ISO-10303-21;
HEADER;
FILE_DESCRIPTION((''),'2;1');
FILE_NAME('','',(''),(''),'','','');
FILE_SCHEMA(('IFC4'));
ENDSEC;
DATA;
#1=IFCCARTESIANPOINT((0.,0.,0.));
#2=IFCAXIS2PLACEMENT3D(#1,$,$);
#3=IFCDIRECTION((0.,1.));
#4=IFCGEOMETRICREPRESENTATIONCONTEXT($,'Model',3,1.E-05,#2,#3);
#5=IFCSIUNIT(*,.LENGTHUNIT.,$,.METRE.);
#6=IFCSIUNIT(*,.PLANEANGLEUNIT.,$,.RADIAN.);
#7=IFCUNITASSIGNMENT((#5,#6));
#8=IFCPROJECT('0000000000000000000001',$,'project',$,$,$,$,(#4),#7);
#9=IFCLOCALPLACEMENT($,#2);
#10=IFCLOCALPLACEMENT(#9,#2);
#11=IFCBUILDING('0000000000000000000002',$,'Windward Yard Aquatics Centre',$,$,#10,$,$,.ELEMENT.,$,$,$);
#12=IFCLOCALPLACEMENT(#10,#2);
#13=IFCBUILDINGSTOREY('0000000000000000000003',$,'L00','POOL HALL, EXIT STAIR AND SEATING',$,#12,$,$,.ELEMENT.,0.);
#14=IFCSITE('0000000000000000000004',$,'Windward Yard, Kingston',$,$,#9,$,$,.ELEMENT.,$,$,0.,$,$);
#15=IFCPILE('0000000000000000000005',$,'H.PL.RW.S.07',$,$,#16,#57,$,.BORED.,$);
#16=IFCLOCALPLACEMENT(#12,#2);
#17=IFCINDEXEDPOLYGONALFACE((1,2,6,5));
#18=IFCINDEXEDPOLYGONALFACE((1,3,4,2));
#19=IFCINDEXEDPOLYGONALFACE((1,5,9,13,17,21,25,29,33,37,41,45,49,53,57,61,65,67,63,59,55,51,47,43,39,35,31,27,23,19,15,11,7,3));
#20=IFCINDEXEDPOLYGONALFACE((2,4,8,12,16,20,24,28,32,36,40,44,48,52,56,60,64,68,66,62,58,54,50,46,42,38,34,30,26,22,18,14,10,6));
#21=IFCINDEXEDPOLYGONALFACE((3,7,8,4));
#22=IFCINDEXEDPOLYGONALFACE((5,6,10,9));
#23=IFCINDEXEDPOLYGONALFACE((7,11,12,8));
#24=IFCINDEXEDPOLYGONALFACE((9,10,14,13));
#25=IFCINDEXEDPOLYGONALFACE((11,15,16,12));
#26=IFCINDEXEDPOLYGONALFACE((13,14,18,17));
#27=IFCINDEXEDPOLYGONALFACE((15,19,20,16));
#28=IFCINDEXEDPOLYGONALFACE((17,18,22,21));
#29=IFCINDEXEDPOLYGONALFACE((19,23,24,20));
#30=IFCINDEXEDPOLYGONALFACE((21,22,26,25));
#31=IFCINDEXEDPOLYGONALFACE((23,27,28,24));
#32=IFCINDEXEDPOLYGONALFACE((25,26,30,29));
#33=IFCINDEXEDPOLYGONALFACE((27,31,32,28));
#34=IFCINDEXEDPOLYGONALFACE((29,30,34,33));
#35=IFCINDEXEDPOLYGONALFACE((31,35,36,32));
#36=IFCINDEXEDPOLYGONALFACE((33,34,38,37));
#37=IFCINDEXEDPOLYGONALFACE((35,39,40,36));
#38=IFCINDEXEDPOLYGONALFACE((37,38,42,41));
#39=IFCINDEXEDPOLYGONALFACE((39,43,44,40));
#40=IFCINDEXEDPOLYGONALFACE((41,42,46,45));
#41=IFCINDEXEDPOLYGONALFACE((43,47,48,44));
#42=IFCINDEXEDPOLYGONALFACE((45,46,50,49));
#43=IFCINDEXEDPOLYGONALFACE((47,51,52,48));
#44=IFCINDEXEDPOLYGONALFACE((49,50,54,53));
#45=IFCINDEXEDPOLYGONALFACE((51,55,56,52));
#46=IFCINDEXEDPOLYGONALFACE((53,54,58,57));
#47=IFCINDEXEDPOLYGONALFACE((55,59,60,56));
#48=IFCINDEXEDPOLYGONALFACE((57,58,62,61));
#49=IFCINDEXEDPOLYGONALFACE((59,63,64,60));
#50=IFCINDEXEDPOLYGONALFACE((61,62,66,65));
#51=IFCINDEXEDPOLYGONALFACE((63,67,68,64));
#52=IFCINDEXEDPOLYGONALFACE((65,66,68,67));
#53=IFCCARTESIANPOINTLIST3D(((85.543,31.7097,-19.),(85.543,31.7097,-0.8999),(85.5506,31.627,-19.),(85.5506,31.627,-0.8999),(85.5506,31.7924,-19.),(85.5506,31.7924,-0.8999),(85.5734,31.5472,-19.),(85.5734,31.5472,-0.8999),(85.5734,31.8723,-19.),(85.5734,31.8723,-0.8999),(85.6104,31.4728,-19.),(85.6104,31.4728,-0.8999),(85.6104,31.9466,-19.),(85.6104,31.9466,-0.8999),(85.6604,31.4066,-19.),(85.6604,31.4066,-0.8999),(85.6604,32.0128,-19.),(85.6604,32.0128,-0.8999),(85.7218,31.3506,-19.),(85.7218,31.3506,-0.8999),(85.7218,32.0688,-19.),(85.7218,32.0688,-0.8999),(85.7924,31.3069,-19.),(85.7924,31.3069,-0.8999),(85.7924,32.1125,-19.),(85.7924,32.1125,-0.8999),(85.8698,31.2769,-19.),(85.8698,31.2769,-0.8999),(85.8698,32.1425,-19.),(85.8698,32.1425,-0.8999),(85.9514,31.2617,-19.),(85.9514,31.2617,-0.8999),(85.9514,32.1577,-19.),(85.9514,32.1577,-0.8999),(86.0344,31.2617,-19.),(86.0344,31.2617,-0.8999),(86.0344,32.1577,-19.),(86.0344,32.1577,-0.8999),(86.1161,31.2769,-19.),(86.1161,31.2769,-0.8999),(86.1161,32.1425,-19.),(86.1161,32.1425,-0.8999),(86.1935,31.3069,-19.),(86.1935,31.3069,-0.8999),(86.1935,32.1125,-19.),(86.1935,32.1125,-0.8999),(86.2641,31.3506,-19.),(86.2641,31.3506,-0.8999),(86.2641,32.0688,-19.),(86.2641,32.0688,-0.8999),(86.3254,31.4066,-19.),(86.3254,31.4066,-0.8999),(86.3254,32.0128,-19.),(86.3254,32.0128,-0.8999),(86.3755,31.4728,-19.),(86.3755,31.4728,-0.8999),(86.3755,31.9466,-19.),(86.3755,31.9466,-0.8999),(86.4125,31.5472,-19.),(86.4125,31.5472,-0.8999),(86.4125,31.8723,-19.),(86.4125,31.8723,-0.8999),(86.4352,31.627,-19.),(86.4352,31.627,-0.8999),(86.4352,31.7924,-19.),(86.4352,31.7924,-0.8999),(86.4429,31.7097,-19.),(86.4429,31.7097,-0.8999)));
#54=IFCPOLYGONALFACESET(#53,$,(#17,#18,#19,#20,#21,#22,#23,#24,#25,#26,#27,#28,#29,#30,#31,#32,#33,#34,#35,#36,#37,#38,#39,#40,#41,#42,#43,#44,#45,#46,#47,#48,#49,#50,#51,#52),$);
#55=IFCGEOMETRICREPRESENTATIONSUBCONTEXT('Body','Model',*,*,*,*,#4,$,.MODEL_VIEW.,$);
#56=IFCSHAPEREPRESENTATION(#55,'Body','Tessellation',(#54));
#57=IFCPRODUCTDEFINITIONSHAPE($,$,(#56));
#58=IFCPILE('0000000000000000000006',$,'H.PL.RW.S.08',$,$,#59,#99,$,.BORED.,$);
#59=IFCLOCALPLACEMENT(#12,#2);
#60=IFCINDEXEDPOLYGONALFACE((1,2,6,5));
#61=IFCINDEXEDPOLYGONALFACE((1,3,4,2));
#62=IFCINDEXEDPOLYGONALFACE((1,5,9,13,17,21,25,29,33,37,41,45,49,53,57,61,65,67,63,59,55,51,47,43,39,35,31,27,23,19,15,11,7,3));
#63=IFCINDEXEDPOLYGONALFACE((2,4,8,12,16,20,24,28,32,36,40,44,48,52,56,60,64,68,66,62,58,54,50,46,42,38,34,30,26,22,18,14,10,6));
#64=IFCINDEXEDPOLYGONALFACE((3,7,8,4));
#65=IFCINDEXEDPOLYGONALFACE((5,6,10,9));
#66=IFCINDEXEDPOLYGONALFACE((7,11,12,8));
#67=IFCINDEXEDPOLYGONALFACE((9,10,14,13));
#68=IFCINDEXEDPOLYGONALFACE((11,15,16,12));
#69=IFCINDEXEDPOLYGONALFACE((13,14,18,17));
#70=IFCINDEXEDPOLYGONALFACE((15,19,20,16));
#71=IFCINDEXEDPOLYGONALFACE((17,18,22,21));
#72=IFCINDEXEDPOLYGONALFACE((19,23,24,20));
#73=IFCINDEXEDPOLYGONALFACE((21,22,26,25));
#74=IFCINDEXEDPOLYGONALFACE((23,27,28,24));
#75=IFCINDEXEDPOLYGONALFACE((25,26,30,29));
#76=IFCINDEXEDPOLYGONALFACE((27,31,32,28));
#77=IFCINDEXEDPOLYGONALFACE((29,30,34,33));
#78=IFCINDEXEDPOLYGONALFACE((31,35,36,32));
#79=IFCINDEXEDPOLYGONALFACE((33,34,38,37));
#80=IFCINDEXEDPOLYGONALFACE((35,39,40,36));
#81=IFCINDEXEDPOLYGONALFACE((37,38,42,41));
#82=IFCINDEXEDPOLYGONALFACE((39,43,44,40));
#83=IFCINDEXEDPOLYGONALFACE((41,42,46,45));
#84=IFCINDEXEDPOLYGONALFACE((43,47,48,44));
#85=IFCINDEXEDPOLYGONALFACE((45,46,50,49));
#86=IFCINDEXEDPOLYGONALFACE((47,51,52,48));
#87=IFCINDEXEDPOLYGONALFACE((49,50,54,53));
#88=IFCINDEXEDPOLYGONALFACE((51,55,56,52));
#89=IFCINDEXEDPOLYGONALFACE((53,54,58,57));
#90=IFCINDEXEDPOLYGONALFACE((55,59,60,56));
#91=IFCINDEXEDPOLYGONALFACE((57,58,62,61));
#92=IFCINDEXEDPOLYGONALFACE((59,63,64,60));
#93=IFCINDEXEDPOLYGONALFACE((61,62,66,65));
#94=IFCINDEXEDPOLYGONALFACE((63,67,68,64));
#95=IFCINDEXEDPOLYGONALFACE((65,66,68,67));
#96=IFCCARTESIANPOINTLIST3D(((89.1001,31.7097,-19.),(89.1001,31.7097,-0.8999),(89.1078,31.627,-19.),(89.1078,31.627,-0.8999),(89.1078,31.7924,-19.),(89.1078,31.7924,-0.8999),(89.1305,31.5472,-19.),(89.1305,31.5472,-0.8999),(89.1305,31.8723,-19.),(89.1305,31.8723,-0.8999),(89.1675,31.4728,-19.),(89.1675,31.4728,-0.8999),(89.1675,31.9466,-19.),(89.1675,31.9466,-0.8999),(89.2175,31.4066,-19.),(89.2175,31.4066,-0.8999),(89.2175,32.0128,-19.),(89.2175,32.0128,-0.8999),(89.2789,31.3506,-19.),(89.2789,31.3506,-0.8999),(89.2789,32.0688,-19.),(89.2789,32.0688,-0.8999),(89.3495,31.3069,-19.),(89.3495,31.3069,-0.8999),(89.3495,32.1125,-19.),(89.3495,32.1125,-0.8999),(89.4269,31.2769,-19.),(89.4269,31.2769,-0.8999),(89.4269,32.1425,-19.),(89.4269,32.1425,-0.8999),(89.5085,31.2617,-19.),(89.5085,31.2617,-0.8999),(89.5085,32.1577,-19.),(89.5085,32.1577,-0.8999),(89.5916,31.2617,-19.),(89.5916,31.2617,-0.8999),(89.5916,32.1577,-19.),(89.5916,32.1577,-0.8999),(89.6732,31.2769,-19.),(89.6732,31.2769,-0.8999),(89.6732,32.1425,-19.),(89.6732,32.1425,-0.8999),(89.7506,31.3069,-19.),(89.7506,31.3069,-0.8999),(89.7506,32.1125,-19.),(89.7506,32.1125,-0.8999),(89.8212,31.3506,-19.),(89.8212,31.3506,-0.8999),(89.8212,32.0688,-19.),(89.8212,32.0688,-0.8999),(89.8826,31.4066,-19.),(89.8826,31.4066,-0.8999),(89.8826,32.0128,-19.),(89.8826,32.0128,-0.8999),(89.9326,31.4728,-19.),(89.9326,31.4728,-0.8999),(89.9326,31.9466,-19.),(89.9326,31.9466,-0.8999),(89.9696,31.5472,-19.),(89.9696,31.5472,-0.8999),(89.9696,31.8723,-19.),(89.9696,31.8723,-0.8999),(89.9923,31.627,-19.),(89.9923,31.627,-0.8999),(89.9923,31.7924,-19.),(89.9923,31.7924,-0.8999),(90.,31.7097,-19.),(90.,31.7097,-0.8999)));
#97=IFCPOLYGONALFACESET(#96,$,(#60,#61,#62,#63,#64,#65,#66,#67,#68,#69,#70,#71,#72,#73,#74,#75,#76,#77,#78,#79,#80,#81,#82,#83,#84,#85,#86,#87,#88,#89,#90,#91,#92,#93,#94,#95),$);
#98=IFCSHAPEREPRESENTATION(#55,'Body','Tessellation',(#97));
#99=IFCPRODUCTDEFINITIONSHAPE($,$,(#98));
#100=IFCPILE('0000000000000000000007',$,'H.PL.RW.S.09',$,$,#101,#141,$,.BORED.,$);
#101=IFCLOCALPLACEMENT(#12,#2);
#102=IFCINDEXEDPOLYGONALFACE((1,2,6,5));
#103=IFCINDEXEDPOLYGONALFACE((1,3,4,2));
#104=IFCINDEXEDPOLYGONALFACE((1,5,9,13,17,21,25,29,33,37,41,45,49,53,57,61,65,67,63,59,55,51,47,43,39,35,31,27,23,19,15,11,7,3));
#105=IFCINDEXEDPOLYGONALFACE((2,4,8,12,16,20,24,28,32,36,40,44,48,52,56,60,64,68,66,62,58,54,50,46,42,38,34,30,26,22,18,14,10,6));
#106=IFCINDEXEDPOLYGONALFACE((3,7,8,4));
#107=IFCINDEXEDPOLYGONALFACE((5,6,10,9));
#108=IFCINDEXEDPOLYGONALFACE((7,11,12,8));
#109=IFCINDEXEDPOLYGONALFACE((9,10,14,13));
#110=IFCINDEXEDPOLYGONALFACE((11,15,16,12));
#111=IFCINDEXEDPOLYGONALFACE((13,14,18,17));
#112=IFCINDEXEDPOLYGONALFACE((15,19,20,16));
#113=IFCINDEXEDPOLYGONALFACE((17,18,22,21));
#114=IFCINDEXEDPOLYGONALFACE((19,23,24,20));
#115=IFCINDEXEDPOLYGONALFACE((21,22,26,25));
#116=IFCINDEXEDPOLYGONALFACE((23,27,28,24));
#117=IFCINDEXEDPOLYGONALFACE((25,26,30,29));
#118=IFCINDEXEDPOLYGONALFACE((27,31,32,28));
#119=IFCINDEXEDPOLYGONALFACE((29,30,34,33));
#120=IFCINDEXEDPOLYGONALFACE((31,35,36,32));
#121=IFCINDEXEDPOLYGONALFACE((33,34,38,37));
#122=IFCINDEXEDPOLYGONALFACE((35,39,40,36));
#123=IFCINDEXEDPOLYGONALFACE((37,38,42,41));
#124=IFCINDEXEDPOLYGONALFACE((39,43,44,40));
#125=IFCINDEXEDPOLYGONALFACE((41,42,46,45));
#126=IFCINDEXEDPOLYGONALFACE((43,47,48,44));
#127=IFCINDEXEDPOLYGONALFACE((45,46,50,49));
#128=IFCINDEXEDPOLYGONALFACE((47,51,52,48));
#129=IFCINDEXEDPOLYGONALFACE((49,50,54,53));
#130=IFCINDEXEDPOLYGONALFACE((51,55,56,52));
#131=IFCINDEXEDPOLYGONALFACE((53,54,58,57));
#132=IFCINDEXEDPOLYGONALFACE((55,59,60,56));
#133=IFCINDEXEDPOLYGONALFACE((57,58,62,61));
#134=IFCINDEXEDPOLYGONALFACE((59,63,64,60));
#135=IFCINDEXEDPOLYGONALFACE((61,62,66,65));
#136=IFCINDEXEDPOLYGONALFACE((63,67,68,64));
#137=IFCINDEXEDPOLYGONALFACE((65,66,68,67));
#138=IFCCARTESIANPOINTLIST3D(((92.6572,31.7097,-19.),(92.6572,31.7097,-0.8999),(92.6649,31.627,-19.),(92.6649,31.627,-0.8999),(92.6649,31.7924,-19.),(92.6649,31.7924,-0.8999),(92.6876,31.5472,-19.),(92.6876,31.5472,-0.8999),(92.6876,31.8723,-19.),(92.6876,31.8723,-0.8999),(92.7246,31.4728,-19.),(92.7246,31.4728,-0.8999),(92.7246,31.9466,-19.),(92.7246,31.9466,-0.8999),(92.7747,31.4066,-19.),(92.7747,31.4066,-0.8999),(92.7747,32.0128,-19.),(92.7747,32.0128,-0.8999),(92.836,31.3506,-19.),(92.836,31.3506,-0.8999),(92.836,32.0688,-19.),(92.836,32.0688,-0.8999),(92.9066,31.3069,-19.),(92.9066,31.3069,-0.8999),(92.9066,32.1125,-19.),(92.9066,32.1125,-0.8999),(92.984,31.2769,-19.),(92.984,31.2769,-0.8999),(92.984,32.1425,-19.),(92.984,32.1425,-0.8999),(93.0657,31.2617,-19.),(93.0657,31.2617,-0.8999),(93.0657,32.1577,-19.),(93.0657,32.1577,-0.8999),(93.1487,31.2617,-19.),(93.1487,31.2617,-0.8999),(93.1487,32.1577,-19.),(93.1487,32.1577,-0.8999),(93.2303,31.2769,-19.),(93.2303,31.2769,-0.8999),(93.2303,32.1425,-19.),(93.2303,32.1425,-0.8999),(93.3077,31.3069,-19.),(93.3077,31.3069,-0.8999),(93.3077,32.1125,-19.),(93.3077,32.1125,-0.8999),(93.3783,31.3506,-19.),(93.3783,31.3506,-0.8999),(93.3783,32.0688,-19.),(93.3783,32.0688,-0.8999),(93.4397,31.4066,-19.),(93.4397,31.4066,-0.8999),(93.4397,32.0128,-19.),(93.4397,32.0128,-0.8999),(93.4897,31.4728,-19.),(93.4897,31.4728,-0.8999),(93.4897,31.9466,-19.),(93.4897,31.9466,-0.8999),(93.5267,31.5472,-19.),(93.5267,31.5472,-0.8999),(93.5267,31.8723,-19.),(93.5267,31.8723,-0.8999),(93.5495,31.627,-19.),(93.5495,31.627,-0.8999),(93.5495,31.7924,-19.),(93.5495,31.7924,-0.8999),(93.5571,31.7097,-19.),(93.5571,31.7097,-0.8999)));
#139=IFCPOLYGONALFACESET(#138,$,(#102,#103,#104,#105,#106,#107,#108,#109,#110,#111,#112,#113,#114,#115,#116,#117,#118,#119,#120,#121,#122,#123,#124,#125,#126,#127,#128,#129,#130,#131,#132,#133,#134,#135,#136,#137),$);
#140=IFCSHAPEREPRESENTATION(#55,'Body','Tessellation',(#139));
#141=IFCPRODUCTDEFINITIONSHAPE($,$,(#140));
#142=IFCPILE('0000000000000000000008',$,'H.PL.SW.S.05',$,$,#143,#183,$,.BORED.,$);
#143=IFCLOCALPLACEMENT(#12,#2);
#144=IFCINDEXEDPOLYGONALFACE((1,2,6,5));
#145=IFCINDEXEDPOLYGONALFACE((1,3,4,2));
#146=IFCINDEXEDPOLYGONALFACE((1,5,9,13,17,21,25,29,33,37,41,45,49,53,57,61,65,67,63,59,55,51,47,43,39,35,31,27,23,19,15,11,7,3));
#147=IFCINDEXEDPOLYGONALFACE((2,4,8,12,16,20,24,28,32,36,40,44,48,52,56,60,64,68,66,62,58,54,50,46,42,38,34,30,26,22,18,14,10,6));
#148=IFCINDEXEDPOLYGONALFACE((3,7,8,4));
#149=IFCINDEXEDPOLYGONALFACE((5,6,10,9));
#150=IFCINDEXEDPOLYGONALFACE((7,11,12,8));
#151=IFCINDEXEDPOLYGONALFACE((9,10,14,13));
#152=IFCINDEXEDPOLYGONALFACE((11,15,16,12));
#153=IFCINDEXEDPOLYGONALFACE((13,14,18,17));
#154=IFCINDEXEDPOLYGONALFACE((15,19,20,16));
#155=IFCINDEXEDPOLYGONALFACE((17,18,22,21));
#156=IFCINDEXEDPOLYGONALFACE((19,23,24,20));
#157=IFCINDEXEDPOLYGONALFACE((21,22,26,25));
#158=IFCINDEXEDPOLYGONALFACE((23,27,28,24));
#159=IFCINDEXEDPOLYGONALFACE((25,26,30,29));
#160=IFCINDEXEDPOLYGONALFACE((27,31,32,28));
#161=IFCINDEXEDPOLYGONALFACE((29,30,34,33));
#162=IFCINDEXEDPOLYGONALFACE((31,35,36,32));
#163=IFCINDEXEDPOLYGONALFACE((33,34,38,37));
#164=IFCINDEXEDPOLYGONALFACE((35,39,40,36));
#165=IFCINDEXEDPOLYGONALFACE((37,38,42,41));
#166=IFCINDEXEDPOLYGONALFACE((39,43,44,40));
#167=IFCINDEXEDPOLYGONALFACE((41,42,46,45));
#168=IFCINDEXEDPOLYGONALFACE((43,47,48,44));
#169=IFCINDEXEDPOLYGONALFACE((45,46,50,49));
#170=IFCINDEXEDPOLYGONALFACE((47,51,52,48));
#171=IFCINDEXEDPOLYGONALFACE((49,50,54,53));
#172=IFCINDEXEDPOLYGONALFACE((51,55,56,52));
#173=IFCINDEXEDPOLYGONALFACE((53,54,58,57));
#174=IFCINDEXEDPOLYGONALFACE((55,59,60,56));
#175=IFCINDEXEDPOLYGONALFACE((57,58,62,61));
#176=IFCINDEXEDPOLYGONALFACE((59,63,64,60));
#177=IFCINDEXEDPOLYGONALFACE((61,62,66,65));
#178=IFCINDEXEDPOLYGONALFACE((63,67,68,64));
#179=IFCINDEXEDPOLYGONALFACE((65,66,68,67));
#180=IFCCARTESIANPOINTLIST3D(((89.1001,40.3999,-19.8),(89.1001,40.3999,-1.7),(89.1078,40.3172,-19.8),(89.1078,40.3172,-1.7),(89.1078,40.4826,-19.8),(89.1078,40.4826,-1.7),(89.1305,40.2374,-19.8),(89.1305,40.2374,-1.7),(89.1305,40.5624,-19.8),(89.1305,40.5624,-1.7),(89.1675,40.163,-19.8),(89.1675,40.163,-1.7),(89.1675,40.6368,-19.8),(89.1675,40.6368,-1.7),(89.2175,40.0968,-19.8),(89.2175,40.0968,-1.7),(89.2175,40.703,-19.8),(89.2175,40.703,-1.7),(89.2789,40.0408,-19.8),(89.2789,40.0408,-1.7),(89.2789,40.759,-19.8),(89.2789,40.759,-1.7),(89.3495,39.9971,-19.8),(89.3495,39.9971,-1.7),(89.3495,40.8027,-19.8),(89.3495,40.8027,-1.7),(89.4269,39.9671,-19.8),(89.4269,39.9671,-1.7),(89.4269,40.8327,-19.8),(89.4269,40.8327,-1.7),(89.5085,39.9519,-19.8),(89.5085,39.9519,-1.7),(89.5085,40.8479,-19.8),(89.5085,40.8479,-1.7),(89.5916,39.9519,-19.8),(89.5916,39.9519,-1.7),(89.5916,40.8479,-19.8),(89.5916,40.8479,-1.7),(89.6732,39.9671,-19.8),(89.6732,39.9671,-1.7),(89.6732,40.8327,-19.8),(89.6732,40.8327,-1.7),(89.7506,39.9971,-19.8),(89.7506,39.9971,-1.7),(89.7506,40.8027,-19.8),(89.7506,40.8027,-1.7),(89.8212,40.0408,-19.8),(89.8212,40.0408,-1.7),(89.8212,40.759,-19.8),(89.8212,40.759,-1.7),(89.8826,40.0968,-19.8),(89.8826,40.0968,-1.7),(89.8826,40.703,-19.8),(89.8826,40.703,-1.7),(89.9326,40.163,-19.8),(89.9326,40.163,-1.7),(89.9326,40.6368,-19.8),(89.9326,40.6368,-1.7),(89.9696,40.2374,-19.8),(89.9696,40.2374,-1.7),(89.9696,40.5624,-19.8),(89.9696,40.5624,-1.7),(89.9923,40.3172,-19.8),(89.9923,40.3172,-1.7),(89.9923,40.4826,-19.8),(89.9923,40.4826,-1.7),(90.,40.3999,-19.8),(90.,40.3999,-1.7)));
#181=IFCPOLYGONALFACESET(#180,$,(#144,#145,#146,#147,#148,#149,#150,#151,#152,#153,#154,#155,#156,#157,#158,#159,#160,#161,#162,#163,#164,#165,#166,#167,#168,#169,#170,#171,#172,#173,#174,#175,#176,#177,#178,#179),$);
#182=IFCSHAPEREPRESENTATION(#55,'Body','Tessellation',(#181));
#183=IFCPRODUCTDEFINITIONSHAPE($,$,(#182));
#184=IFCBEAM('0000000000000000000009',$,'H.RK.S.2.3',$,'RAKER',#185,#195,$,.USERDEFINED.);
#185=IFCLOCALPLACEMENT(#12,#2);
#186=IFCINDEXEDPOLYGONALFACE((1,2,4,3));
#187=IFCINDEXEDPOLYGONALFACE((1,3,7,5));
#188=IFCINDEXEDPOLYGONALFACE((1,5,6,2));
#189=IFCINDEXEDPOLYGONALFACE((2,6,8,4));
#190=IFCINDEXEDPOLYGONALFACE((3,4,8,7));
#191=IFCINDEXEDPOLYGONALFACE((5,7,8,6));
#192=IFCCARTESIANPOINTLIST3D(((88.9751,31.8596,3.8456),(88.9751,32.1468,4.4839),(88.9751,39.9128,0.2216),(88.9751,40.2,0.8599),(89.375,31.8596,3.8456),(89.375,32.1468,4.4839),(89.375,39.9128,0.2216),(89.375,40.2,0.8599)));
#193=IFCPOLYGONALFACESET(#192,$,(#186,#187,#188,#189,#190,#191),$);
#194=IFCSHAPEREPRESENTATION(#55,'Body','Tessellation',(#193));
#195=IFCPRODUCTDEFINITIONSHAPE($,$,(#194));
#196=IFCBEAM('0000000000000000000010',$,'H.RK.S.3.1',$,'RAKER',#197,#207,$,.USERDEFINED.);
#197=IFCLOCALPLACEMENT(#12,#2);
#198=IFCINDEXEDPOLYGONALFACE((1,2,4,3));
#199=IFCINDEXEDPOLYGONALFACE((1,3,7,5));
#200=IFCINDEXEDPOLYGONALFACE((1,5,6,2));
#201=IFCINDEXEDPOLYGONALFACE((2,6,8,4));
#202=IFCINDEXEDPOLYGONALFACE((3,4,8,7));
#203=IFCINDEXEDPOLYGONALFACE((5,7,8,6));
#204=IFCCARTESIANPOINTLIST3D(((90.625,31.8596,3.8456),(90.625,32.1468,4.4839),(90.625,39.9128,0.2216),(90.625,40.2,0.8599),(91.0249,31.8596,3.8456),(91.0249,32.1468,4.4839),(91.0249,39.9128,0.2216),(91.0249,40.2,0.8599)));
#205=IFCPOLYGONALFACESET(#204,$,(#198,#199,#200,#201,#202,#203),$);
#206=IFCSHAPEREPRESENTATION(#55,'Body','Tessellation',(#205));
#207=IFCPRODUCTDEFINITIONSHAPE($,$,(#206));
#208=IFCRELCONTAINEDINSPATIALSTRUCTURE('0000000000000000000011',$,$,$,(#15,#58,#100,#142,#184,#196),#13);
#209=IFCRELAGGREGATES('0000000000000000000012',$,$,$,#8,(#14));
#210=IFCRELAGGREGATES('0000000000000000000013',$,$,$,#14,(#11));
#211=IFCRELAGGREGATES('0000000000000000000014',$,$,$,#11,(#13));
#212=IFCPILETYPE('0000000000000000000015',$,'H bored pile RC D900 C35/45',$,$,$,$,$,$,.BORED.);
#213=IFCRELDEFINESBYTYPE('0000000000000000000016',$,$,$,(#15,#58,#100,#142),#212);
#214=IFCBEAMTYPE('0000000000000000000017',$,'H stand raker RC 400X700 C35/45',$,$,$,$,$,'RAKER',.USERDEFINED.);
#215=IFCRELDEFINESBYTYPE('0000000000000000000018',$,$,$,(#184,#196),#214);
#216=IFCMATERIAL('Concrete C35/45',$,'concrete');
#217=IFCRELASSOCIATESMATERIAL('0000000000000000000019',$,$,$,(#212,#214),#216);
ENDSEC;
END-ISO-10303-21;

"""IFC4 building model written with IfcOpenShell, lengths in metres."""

from ifc_helpers import new_model, si_unit, direction, frame, origin, origin_2d, place, context, subcontext, project, spatial, rectangle, circle, extrude, material, material_profile, profile_set, type_object, element, save


model = new_model("IFC4")

# Units and contexts
model_context = context("Model", 3, precision=1e-05, world=origin(), true_north=direction((0.0, 1.0)))
body_context = subcontext(model_context, "Body", "Model", "MODEL_VIEW")
ifc_project = project(units=[si_unit("LENGTHUNIT", "METRE"), si_unit("PLANEANGLEUNIT", "RADIAN")], contexts=[model_context])

# Site, building, storey
site_placement = place(None, origin())
site = spatial("IfcSite", under=ifc_project, at=site_placement, Name="Windward Yard, Kingston", CompositionType="ELEMENT", RefElevation=0.0)
building_placement = place(site_placement, origin())
building = spatial("IfcBuilding", under=site, at=building_placement, Name="Windward Yard Aquatics Centre", CompositionType="ELEMENT")
storey_placement = place(building_placement, origin())
storey = spatial("IfcBuildingStorey", under=building, at=storey_placement, Name="L00", Description="POOL HALL, EXIT STAIR AND SEATING", CompositionType="ELEMENT", Elevation=0.0)

# Piles
ifc_material = material(Name="Concrete C35/45", Category="concrete")
ifc_material_profile_1 = material_profile(ifc_material, circle(Radius=0.45, at=origin_2d()), Name="RC D900")
ifc_profile_set_1 = profile_set([ifc_material_profile_1], Name="Concrete C35/45")
pile_type = type_object("IfcPileType", Name="H bored pile RC D900 C35/45", PredefinedType="BORED", material=ifc_profile_set_1)
for number, where, z_axis, x_axis, name in (
    (1, (85.9929, 31.7097, -0.8999), (0.0, 0.0, -1.0), (1.0, 0.0, 0.0), "H.PL.RW.S.07"),
    (2, (89.55, 31.7097, -0.8999), (0.0, 0.0, -1.0), (1.0, 0.0, 0.0), "H.PL.RW.S.08"),
    (3, (93.1072, 31.7097, -0.8999), (0.0, 0.0, -1.0), (1.0, 0.0, 0.0), "H.PL.RW.S.09"),
    (4, (89.55, 40.3999, -1.7), (0.0, 0.0, -1.0), (1.0, 0.0, 0.0), "H.PL.SW.S.05"),
):
    element("IfcPile", number, at=place(storey_placement, frame(where, z_axis=z_axis, x_axis=x_axis)), inside=storey, type_object=pile_type, Name=name, PredefinedType="BORED", context=body_context, shape_type="SweptSolid", body=[
        extrude(circle(Radius=0.45, at=origin_2d()), origin(), (0.0, 0.0, 1.0), 18.1001),
    ])

# Beams
ifc_material_profile_2 = material_profile(ifc_material, rectangle(XDim=0.3999, YDim=0.7, at=origin_2d()), Name="RC 400X700")
ifc_profile_set_2 = profile_set([ifc_material_profile_2], Name="Concrete C35/45")
beam_type_1 = type_object("IfcBeamType", Name="H stand raker RC 400X700 C35/45", ElementType="RAKER", PredefinedType="USERDEFINED", material=ifc_profile_set_2)
for number, where, z_axis, x_axis, name in (
    (5, (89.175, 40.0564, 0.5408), (0.0, -0.911918, 0.410372), (1.0, 0.0, 0.0), "H.RK.S.2.3"),
    (6, (90.825, 40.0564, 0.5408), (0.0, -0.911918, 0.410372), (1.0, 0.0, 0.0), "H.RK.S.3.1"),
):
    element("IfcBeam", number, at=place(storey_placement, frame(where, z_axis=z_axis, x_axis=x_axis)), inside=storey, type_object=beam_type_1, Name=name, ObjectType="RAKER", PredefinedType="USERDEFINED", context=body_context, shape_type="SweptSolid", body=[
        extrude(rectangle(XDim=0.3999, YDim=0.7, at=origin_2d()), origin(), (0.0, 0.0, 1.0), 8.8311),
    ])

save(model, "model.ifc")
